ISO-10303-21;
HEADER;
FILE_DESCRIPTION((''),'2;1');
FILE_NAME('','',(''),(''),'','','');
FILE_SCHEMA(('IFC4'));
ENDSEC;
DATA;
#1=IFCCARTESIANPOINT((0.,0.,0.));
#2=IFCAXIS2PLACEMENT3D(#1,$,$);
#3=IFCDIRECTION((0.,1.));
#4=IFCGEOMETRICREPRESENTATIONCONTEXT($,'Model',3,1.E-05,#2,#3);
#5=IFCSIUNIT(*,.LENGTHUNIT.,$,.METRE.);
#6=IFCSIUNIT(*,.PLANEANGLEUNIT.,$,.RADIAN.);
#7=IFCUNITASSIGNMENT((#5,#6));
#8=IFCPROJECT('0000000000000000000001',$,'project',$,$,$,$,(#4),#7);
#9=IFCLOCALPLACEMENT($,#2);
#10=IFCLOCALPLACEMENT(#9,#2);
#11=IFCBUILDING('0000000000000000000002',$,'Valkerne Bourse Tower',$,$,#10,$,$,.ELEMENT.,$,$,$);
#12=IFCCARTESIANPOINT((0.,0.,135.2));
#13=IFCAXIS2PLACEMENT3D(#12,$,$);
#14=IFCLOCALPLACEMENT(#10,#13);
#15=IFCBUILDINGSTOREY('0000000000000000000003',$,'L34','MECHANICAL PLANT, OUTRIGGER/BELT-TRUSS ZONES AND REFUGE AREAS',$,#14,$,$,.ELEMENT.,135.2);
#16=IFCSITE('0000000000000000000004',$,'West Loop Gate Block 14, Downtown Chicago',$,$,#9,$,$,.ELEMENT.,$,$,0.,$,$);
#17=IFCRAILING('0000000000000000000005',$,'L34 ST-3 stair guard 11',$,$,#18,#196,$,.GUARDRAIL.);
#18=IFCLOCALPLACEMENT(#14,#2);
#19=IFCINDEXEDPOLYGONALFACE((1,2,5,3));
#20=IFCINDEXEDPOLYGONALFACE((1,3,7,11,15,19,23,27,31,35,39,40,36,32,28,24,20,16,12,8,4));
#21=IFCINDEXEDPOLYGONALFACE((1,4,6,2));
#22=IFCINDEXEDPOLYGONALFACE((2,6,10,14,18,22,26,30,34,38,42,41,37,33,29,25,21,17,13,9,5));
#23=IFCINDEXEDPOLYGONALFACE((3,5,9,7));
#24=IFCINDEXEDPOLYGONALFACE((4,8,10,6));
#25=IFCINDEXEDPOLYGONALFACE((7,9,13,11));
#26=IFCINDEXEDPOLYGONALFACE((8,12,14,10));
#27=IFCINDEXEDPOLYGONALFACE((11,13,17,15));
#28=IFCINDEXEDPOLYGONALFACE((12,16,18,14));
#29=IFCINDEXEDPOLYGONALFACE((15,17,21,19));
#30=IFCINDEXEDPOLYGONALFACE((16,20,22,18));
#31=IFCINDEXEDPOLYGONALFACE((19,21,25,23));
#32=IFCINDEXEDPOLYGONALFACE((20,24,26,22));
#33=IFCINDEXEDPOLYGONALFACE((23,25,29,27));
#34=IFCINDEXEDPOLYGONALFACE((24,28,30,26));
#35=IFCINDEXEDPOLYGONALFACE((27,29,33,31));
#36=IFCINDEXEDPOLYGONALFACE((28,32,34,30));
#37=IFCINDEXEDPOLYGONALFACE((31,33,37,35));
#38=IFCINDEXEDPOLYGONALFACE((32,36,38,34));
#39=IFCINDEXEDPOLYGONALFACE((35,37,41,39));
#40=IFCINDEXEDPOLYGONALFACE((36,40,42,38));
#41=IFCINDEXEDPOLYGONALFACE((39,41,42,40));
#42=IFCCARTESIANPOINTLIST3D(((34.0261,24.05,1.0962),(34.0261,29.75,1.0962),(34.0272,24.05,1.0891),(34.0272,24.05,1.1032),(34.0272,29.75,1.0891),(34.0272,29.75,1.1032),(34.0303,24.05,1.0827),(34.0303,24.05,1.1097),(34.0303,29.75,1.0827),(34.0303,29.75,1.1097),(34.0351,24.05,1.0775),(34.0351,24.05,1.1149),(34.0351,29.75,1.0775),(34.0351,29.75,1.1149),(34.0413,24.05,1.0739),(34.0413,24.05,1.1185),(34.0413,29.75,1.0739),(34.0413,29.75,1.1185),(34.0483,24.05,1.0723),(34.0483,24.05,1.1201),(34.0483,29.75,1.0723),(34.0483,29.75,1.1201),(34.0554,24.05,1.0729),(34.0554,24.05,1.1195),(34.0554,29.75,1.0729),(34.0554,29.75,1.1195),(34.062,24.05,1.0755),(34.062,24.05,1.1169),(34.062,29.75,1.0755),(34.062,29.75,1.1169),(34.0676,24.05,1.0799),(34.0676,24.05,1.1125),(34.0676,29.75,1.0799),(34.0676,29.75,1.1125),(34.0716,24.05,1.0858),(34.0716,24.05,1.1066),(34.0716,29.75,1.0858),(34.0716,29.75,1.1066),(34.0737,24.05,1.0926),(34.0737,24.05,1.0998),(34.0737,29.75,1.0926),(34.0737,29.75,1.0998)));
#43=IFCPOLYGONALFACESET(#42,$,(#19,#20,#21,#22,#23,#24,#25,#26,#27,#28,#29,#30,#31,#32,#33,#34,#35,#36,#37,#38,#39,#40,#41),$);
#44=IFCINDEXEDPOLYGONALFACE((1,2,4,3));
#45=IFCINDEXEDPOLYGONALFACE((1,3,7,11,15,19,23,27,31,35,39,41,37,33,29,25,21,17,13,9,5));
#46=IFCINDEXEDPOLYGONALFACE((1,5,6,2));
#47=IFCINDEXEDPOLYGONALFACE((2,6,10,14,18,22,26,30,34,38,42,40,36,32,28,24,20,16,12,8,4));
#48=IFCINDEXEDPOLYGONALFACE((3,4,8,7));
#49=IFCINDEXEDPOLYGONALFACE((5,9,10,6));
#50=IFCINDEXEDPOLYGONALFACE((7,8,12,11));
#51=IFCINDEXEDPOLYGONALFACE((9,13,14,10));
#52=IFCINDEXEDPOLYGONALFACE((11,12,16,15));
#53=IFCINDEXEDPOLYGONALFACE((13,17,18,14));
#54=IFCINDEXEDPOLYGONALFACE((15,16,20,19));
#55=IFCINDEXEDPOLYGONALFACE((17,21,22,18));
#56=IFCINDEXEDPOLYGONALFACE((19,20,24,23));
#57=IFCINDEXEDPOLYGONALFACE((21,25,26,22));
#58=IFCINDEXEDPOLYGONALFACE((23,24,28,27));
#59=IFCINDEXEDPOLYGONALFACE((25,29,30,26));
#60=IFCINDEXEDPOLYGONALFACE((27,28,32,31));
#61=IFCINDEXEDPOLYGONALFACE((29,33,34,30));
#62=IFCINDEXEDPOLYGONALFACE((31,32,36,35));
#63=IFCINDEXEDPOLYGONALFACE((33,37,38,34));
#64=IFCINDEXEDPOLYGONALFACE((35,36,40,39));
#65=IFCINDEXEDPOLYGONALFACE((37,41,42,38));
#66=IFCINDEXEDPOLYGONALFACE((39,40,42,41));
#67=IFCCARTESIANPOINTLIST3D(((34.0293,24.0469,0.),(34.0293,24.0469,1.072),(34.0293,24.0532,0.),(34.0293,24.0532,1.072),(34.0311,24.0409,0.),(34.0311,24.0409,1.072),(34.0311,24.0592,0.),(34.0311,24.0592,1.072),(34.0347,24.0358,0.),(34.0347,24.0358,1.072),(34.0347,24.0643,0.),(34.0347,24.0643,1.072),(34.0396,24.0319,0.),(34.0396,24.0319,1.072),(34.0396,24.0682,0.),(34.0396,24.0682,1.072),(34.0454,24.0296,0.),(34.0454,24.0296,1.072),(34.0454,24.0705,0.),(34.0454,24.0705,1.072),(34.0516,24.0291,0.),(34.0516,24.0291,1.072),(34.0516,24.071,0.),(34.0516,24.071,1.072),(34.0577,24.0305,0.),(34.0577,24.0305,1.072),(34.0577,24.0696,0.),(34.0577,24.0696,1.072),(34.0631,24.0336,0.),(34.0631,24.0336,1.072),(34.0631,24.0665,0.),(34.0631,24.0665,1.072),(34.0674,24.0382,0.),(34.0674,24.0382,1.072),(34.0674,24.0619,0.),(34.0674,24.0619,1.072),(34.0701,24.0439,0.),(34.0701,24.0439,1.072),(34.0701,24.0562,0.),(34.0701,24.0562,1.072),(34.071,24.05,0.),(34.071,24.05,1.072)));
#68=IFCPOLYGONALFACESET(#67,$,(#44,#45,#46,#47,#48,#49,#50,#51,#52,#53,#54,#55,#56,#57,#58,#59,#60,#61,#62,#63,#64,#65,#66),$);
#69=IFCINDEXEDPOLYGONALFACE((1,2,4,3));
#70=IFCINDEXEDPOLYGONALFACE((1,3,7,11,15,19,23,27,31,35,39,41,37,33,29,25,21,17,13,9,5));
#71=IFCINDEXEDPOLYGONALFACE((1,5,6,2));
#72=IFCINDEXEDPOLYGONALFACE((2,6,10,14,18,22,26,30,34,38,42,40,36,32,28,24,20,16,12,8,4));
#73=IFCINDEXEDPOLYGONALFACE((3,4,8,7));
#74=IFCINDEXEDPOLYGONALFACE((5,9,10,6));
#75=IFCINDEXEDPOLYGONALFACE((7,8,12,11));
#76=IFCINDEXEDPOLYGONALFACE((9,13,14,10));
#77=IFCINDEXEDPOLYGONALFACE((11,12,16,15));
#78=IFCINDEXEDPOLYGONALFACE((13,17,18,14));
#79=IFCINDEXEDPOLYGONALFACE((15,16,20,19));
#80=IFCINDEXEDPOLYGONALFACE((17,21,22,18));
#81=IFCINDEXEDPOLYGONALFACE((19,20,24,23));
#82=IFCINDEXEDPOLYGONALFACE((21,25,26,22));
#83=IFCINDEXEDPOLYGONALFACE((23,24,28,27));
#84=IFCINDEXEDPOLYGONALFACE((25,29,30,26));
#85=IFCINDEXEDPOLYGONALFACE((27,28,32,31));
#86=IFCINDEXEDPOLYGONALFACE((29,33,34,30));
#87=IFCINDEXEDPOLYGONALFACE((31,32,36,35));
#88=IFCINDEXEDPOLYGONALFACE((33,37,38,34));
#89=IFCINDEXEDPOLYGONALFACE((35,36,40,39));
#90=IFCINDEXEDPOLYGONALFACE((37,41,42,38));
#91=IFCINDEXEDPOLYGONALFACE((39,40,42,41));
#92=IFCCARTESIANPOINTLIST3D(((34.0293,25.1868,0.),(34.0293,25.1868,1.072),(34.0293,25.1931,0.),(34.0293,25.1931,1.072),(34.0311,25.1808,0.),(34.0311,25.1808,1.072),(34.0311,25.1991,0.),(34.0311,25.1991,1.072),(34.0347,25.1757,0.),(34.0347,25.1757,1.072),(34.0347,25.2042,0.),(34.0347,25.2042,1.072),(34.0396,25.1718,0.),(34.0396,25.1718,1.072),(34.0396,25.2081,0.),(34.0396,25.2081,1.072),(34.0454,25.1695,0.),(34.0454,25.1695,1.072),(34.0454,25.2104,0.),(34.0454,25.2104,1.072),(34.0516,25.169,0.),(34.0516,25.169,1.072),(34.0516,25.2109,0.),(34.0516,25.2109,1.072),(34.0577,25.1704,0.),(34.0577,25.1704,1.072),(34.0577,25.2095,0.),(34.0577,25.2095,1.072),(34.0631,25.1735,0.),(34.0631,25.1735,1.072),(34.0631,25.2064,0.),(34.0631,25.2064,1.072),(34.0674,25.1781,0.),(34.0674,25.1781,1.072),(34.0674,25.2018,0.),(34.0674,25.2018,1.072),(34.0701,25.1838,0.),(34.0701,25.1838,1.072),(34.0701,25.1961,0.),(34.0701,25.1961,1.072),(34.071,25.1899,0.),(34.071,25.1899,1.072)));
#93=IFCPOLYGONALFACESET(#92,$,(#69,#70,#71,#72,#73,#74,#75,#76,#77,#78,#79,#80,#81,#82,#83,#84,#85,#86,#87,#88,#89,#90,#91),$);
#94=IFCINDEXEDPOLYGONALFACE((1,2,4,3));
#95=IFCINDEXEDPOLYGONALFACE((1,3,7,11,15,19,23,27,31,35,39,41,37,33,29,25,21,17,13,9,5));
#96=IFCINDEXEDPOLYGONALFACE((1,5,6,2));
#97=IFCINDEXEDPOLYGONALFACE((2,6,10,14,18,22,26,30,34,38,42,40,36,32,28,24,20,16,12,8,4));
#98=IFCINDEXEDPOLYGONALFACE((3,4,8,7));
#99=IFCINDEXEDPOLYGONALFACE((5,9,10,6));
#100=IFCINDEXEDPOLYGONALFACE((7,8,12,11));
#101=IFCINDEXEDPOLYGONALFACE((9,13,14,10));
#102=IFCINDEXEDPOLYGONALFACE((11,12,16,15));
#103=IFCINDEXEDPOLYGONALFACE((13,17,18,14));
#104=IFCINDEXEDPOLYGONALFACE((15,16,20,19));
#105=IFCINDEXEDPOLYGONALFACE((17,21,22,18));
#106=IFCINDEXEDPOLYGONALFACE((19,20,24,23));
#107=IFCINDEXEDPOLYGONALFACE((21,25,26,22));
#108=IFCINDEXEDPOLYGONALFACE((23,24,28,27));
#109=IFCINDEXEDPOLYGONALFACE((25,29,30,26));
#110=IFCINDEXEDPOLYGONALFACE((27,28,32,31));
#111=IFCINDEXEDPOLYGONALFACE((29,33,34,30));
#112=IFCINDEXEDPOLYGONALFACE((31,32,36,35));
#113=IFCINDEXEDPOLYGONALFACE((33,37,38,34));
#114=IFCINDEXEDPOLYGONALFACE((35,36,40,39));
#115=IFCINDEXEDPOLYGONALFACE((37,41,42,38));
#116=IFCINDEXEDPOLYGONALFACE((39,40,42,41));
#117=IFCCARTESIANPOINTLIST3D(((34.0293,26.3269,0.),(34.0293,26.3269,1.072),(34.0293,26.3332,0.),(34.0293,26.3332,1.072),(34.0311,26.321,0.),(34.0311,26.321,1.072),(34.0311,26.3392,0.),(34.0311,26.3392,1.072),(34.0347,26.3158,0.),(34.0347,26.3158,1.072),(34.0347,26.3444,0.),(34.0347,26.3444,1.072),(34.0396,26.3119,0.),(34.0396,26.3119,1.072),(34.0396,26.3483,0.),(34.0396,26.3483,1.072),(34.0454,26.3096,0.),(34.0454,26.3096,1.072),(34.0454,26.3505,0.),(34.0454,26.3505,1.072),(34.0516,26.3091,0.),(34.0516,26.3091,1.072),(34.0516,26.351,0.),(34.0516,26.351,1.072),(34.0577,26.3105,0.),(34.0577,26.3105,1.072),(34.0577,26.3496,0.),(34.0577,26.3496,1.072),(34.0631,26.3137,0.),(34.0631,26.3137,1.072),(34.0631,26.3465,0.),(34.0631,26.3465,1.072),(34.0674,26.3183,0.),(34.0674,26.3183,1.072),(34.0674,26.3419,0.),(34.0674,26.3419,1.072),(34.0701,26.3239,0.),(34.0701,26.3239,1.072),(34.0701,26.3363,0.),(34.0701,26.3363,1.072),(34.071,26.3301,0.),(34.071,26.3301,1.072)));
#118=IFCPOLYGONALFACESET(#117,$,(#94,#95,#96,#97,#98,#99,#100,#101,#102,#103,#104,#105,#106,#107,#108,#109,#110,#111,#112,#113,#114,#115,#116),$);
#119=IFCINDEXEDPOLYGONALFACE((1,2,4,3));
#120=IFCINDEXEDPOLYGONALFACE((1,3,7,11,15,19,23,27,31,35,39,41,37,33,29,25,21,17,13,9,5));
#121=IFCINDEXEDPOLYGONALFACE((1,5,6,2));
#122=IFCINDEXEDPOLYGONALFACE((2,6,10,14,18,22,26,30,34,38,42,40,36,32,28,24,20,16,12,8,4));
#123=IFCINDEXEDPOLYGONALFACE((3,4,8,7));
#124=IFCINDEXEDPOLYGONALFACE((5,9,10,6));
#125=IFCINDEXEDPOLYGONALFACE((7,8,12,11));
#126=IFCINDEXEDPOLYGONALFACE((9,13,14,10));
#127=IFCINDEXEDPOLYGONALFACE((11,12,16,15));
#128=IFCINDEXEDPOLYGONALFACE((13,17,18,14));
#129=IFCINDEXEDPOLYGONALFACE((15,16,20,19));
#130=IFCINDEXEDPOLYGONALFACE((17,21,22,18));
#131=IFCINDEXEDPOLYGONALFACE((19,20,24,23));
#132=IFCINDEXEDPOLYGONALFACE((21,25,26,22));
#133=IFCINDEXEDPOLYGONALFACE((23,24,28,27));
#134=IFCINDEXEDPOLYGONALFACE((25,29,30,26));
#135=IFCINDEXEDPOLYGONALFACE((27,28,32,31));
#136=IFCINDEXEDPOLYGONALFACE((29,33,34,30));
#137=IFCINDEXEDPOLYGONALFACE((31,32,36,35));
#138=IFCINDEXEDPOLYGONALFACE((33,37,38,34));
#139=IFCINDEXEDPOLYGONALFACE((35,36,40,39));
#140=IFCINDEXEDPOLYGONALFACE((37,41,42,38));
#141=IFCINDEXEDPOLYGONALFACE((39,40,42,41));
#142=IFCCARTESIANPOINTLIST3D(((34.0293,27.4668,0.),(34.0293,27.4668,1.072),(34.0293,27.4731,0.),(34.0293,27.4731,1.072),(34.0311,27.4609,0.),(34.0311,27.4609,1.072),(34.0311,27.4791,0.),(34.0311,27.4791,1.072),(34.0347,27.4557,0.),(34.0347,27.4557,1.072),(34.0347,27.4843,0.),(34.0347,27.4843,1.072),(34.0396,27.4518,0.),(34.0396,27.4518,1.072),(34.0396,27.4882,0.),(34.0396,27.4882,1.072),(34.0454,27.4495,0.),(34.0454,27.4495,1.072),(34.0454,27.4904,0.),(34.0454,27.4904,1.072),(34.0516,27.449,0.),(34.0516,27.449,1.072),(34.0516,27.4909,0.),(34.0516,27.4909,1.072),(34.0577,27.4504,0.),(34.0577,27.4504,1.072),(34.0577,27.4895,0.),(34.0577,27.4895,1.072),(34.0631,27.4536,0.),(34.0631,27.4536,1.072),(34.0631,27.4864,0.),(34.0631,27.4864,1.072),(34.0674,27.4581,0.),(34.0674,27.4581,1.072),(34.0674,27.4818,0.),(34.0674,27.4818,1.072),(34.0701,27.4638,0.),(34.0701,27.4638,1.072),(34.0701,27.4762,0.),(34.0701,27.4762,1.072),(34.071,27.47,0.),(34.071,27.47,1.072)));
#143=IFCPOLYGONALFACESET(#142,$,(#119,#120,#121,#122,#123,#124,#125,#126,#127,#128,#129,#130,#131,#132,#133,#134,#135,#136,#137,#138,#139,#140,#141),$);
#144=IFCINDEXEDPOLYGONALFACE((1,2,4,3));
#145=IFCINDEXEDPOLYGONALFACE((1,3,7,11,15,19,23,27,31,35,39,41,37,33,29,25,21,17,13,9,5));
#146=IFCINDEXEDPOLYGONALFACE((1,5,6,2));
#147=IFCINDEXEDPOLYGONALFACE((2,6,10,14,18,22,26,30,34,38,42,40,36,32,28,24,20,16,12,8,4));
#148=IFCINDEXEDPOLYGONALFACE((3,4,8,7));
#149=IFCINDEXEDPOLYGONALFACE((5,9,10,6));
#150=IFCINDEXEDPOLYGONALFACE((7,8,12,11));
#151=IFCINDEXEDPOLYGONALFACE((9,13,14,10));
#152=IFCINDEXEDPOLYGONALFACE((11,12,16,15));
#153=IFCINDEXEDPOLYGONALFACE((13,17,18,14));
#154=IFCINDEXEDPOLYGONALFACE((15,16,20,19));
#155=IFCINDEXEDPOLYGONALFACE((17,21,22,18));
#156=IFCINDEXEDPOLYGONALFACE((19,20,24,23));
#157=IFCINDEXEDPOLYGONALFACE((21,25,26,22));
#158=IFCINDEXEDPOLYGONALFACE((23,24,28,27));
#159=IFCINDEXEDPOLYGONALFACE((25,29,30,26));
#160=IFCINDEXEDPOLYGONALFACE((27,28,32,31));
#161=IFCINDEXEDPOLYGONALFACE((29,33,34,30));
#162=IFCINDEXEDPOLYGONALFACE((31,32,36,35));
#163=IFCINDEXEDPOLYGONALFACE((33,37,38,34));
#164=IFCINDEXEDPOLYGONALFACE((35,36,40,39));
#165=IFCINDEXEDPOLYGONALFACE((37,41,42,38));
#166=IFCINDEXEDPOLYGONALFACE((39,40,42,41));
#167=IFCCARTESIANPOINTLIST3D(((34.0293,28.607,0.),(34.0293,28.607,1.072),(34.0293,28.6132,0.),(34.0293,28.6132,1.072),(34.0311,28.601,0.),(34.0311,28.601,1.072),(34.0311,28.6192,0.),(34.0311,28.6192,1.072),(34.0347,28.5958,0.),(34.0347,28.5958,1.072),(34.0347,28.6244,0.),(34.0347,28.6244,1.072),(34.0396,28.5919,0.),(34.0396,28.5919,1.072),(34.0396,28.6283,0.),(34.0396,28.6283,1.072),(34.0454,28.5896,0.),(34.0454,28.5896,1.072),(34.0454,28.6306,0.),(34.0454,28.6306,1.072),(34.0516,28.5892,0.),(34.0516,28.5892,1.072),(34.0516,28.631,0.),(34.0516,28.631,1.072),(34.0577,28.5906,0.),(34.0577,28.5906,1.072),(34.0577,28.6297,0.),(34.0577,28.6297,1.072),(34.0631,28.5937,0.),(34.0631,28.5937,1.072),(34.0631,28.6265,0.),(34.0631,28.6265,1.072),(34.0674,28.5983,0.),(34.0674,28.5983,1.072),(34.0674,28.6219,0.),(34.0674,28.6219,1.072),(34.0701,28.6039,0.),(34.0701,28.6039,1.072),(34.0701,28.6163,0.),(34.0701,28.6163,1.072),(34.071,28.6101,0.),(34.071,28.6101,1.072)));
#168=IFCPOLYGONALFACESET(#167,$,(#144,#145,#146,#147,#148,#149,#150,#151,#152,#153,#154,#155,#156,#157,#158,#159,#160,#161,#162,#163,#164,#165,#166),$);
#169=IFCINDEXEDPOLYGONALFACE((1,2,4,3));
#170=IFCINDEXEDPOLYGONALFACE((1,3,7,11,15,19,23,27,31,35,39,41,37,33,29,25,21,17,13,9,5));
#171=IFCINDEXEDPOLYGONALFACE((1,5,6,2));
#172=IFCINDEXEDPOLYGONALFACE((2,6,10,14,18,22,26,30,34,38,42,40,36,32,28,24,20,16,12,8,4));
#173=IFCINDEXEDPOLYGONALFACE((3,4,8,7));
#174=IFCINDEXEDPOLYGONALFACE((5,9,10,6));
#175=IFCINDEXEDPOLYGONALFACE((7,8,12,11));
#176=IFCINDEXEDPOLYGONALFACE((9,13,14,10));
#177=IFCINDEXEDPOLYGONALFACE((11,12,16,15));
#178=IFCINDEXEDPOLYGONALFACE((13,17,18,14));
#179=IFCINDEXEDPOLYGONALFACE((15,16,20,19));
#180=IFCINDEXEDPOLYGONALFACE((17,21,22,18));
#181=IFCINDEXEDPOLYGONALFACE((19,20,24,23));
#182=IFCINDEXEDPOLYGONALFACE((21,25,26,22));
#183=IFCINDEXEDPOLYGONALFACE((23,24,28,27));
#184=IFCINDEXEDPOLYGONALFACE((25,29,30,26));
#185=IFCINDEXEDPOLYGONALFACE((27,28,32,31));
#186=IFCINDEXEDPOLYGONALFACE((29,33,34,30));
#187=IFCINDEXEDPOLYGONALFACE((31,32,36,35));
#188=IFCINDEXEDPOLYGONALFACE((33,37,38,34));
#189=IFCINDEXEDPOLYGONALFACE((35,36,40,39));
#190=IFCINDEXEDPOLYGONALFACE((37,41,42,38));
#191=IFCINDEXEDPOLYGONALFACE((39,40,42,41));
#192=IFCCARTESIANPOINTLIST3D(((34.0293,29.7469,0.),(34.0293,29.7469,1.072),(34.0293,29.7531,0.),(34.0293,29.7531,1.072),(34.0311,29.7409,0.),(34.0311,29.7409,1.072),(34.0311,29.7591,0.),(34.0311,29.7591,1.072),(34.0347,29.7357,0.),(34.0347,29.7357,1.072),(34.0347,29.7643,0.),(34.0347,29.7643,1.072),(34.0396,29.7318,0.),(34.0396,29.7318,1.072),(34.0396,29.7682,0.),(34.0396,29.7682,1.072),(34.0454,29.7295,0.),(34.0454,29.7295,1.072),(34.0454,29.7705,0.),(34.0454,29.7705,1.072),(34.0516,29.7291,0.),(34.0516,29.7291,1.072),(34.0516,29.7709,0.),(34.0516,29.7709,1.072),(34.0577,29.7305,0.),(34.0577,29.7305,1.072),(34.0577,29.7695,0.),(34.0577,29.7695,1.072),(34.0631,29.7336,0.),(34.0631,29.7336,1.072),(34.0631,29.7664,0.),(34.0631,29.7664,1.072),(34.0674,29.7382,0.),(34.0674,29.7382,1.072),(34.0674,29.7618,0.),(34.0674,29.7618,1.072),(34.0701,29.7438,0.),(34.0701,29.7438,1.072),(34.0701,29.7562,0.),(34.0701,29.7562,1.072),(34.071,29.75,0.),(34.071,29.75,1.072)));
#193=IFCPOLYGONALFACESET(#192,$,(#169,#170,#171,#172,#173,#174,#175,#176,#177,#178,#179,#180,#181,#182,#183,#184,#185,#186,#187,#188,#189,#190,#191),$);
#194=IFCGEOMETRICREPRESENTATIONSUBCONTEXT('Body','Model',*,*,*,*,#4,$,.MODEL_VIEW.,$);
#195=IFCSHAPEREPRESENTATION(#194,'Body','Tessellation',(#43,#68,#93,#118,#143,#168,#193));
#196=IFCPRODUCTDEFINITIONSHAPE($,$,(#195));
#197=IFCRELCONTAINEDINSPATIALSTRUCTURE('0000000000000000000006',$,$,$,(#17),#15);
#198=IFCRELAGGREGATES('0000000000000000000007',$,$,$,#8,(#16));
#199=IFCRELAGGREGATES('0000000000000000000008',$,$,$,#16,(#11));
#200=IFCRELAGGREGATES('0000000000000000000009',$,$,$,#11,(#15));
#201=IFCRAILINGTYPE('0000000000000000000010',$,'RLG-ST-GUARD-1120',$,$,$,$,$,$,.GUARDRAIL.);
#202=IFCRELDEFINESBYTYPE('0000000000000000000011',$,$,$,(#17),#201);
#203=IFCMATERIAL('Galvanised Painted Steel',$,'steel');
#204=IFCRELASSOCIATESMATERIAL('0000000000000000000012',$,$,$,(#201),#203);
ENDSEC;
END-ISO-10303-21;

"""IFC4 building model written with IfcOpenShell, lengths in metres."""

from ifc_helpers import new_model, si_unit, direction, frame, origin, origin_2d, place, context, subcontext, project, spatial, circle, extrude, material, type_object, element, save


model = new_model("IFC4")

# Units and contexts
model_context = context("Model", 3, precision=1e-05, world=origin(), true_north=direction((0.0, 1.0)))
body_context = subcontext(model_context, "Body", "Model", "MODEL_VIEW")
ifc_project = project(units=[si_unit("LENGTHUNIT", "METRE"), si_unit("PLANEANGLEUNIT", "RADIAN")], contexts=[model_context])

# Site, building, storey
site_placement = place(None, origin())
site = spatial("IfcSite", under=ifc_project, at=site_placement, Name="West Loop Gate Block 14, Downtown Chicago", CompositionType="ELEMENT", RefElevation=0.0)
building_placement = place(site_placement, origin())
building = spatial("IfcBuilding", under=site, at=building_placement, Name="Valkerne Bourse Tower", CompositionType="ELEMENT")
storey_placement = place(building_placement, frame((0.0, 0.0, 135.2)))
storey = spatial("IfcBuildingStorey", under=building, at=storey_placement, Name="L34", Description="MECHANICAL PLANT, OUTRIGGER/BELT-TRUSS ZONES AND REFUGE AREAS", CompositionType="ELEMENT", Elevation=135.2)

# Shared definitions
ifc_material_1 = material(Name="Galvanised Painted Steel", Category="steel")

# Railing
railing_type_1 = type_object("IfcRailingType", Name="RLG-ST-GUARD-1120", PredefinedType="GUARDRAIL", material=ifc_material_1)
for number, where, name in (
    (1, (34.05, 24.05, 0.0), "L34 ST-3 stair guard 11"),
):
    element("IfcRailing", number, at=place(storey_placement, frame(where)), inside=storey, type_object=railing_type_1, Name=name, PredefinedType="GUARDRAIL", context=body_context, shape_type="SweptSolid", body=[
        extrude(circle(Radius=0.0239, at=origin_2d()), frame((0.0, 0.0, 1.0962), z_axis=(0.0, 1.0, 0.0), x_axis=(-1.0, 0.0, 0.0)), (0.0, 0.0, 1.0), 5.7),
        extrude(circle(Radius=0.021, at=origin_2d()), origin(), (0.0, 0.0, 1.0), 1.072),
        extrude(circle(Radius=0.021, at=origin_2d()), frame((0.0, 1.1399, 0.0)), (0.0, 0.0, 1.0), 1.072),
        extrude(circle(Radius=0.021, at=origin_2d()), frame((0.0, 2.28, 0.0)), (0.0, 0.0, 1.0), 1.072),
        extrude(circle(Radius=0.021, at=origin_2d()), frame((0.0, 3.4199, 0.0)), (0.0, 0.0, 1.0), 1.072),
        extrude(circle(Radius=0.021, at=origin_2d()), frame((0.0, 4.5601, 0.0)), (0.0, 0.0, 1.0), 1.072),
        extrude(circle(Radius=0.021, at=origin_2d()), frame((0.0, 5.7, 0.0)), (0.0, 0.0, 1.0), 1.072),
    ])

save(model, "model.ifc")
